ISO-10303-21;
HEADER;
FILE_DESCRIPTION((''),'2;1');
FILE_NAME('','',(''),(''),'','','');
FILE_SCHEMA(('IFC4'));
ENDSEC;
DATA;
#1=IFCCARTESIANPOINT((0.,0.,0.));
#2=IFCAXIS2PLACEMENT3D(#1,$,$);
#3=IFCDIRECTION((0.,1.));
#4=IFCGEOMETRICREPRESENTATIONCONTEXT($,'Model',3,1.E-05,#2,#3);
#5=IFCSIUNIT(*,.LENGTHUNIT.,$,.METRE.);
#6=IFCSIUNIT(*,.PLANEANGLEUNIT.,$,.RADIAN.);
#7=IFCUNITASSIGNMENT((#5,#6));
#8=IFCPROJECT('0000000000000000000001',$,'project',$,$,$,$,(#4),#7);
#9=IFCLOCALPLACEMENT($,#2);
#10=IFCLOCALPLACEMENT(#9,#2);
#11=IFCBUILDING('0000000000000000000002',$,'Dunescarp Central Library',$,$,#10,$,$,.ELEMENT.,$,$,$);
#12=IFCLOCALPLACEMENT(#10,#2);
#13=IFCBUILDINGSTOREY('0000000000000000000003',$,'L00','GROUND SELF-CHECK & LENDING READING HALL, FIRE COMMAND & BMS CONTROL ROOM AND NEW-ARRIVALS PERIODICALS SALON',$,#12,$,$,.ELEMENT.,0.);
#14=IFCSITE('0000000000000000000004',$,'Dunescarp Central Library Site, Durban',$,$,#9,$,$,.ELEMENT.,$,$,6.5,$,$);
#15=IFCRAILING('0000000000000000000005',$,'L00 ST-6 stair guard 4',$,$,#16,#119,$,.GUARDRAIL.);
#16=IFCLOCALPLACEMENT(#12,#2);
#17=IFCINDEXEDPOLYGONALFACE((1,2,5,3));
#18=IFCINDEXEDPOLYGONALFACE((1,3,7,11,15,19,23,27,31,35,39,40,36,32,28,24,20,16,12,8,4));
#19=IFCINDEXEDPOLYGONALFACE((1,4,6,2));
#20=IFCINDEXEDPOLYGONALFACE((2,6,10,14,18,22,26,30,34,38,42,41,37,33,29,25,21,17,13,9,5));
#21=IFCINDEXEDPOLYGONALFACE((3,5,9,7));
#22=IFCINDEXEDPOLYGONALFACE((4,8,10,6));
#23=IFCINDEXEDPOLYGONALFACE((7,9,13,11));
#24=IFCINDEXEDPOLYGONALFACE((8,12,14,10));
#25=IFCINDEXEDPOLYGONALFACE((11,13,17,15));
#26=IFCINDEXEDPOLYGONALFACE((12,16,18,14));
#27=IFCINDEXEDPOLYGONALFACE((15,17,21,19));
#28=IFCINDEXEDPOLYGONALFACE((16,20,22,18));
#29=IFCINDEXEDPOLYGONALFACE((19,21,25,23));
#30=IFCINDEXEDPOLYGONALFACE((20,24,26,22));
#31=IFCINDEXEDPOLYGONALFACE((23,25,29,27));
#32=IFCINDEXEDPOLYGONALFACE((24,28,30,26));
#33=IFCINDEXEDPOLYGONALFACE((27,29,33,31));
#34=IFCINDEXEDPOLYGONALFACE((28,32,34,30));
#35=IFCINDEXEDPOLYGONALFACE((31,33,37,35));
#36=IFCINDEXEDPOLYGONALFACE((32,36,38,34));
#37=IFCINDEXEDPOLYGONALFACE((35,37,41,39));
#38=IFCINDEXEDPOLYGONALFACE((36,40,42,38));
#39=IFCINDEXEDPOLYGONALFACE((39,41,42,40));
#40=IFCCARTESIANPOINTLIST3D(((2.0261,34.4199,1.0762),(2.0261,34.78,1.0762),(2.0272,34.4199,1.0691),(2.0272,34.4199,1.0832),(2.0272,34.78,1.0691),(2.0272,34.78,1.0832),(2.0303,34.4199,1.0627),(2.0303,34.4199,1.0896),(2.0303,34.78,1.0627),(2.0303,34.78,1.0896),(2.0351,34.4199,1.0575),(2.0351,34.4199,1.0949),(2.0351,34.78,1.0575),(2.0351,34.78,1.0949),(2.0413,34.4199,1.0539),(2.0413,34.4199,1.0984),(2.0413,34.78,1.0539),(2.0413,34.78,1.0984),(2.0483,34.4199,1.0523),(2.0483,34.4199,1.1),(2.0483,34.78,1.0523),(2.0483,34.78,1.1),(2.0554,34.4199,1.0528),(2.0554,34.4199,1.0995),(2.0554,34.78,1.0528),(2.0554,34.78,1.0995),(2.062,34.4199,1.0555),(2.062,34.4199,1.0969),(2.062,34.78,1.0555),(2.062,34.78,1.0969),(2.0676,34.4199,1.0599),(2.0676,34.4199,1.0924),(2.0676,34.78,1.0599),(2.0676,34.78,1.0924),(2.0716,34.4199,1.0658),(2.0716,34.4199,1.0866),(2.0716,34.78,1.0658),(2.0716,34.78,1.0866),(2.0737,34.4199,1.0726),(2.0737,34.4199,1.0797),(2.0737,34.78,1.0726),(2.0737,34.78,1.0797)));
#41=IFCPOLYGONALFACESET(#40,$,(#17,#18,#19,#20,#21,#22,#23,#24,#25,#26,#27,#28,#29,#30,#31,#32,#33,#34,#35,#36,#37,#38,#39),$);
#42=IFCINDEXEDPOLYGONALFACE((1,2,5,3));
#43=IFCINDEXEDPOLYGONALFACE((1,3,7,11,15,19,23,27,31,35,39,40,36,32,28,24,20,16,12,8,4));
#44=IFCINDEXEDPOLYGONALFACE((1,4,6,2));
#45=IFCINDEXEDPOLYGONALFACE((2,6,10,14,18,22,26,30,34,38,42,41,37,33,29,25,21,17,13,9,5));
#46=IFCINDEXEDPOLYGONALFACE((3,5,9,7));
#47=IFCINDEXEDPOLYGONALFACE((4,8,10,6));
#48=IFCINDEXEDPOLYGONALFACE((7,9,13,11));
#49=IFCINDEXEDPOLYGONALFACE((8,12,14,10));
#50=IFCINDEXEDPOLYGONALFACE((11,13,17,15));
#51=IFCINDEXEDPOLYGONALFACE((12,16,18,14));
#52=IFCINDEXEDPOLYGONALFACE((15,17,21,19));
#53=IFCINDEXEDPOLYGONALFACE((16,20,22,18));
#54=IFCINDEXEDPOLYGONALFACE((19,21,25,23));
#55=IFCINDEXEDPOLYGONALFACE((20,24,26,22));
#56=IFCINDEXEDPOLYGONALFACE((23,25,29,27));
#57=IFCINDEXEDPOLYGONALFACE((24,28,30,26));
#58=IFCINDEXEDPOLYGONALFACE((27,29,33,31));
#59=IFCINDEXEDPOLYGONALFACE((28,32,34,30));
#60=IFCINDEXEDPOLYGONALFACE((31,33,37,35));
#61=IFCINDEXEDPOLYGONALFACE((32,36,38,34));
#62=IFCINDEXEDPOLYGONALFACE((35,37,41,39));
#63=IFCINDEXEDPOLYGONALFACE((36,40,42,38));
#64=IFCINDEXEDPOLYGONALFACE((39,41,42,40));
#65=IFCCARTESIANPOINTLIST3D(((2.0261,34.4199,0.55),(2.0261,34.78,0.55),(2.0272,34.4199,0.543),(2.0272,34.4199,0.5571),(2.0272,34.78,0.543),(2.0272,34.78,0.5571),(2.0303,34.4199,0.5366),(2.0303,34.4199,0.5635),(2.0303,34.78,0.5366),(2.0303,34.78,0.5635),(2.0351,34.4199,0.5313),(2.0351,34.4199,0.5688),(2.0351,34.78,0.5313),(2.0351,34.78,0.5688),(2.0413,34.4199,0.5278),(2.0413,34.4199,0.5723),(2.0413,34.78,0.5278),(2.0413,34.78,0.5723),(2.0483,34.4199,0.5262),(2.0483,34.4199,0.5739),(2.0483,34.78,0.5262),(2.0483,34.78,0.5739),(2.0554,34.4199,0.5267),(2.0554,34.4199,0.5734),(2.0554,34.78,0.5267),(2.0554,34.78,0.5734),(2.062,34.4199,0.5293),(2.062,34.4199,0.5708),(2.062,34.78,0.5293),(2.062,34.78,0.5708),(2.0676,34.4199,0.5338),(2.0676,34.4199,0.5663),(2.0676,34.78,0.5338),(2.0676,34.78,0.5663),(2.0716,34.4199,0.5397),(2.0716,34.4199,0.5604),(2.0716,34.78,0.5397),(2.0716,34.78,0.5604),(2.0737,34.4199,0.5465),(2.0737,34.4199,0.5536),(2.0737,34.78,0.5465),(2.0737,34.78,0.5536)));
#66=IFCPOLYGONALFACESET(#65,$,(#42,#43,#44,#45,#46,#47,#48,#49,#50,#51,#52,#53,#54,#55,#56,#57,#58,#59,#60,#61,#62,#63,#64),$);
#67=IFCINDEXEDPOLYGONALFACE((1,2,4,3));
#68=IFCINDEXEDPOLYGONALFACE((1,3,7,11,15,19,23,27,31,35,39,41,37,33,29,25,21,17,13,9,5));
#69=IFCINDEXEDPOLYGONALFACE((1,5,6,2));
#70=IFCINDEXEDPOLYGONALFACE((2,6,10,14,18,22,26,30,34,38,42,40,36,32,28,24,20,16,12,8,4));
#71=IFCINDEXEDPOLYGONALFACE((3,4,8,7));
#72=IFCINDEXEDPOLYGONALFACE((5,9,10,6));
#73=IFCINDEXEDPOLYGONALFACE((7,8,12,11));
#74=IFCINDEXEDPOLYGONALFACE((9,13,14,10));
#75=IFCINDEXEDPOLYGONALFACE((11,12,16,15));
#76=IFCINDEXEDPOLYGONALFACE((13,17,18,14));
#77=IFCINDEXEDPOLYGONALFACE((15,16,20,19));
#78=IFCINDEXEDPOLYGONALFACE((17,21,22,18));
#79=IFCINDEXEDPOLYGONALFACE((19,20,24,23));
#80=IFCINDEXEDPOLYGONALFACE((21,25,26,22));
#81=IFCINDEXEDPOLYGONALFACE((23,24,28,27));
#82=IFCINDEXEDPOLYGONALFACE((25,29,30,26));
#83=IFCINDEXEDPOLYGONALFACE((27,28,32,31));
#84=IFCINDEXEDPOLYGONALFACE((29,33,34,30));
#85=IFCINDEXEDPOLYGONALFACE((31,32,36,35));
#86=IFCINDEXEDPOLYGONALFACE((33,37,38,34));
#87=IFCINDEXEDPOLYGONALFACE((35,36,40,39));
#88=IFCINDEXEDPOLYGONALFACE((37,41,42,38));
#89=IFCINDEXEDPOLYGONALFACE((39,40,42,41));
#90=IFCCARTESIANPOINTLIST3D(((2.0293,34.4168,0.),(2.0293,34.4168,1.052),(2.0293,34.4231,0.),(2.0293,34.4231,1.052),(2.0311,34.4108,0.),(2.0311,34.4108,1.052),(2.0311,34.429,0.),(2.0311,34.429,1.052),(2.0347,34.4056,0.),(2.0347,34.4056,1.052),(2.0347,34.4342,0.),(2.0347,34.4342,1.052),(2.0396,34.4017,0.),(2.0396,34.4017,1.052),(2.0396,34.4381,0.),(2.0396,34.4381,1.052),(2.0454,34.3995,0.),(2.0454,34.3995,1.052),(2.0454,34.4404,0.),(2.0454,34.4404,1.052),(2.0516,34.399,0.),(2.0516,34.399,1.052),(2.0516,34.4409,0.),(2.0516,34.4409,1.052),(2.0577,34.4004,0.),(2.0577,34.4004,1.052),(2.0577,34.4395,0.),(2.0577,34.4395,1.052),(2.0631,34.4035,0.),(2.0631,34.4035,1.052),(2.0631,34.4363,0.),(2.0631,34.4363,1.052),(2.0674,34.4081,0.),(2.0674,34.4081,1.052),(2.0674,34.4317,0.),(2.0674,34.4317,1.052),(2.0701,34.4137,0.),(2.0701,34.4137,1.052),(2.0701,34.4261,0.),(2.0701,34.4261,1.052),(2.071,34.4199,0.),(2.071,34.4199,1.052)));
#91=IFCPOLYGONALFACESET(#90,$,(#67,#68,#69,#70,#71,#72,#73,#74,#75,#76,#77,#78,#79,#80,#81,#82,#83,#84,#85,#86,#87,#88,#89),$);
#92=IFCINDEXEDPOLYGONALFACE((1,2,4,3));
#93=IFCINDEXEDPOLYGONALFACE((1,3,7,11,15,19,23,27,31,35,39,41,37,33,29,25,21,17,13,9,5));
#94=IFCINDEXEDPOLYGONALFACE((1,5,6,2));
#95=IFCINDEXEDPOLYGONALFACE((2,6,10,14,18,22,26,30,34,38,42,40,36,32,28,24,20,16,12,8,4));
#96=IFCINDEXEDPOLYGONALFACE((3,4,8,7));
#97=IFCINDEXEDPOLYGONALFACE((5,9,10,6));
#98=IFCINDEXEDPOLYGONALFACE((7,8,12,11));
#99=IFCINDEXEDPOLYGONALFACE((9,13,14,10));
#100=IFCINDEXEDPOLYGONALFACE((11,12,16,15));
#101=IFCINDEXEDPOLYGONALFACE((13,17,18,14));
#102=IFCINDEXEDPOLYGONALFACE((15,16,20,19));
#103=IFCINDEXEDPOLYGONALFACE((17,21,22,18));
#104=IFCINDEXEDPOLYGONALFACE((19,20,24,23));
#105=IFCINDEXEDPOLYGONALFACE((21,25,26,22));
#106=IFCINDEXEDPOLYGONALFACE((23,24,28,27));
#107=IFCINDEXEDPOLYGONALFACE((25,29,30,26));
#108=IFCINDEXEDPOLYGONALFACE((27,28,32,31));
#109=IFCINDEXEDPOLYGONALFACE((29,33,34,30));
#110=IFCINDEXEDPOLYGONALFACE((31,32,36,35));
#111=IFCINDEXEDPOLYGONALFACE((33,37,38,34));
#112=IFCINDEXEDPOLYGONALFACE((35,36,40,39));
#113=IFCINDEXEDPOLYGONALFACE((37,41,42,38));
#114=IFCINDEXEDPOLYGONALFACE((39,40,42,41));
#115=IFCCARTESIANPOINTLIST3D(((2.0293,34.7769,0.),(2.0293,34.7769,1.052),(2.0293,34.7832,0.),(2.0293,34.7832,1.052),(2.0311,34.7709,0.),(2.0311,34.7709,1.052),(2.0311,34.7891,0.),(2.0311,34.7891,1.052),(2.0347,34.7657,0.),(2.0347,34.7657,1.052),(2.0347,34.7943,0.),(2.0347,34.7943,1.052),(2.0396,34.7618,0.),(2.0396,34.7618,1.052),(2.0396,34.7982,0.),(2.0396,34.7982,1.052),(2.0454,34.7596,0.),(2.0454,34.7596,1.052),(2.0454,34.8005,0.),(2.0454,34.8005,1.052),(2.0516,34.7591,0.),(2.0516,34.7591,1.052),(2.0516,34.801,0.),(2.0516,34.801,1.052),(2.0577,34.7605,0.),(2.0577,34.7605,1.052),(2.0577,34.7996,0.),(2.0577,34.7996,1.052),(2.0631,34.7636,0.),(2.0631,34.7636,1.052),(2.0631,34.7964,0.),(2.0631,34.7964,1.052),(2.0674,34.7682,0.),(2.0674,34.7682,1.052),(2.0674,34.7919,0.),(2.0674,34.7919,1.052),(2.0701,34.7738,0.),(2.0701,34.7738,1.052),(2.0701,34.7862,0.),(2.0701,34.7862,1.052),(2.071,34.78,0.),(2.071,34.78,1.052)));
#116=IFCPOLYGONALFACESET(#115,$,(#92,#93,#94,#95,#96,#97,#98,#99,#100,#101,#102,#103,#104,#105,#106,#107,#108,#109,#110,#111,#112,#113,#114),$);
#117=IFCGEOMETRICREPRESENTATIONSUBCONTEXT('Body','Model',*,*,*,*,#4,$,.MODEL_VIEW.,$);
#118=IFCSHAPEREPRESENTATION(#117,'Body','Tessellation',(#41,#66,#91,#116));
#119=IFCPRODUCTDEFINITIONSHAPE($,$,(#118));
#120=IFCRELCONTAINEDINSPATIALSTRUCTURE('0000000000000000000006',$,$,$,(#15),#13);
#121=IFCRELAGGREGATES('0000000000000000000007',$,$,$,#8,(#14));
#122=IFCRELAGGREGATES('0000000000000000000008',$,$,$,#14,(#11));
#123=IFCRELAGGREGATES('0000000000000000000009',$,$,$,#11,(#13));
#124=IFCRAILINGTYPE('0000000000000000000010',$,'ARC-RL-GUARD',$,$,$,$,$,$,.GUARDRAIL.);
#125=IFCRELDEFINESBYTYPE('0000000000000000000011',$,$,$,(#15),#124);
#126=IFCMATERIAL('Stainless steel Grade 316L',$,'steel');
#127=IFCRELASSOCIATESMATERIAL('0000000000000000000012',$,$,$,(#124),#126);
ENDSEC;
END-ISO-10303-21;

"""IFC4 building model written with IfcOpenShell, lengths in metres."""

from ifc_helpers import new_model, si_unit, direction, frame, origin, origin_2d, place, context, subcontext, project, spatial, circle, extrude, material, type_object, element, save


model = new_model("IFC4")

# Units and contexts
model_context = context("Model", 3, precision=1e-05, world=origin(), true_north=direction((0.0, 1.0)))
body_context = subcontext(model_context, "Body", "Model", "MODEL_VIEW")
ifc_project = project(units=[si_unit("LENGTHUNIT", "METRE"), si_unit("PLANEANGLEUNIT", "RADIAN")], contexts=[model_context])

# Site, building, storey
site_placement = place(None, origin())
site = spatial("IfcSite", under=ifc_project, at=site_placement, Name="Dunescarp Central Library Site, Durban", CompositionType="ELEMENT", RefElevation=6.5)
building_placement = place(site_placement, origin())
building = spatial("IfcBuilding", under=site, at=building_placement, Name="Dunescarp Central Library", CompositionType="ELEMENT")
storey_placement = place(building_placement, origin())
storey = spatial("IfcBuildingStorey", under=building, at=storey_placement, Name="L00", Description="GROUND SELF-CHECK & LENDING READING HALL, FIRE COMMAND & BMS CONTROL ROOM AND NEW-ARRIVALS PERIODICALS SALON", CompositionType="ELEMENT", Elevation=0.0)

# Railing
ifc_material_1 = material(Name="Stainless steel Grade 316L", Category="steel")
railing_type_1 = type_object("IfcRailingType", Name="ARC-RL-GUARD", PredefinedType="GUARDRAIL", material=ifc_material_1)
railing_1_placement = place(storey_placement, frame((2.05, 34.4199, 0.0)))
element("IfcRailing", 1, at=railing_1_placement, inside=storey, type_object=railing_type_1, Name="L00 ST-6 stair guard 4", PredefinedType="GUARDRAIL", context=body_context, shape_type="SweptSolid", body=[
    extrude(circle(Radius=0.0239, at=origin_2d()), frame((0.0, 0.0, 1.0762), z_axis=(0.0, 1.0, 0.0), x_axis=(-1.0, 0.0, 0.0)), (0.0, 0.0, 1.0), 0.3601),
    extrude(circle(Radius=0.0239, at=origin_2d()), frame((0.0, 0.0, 0.55), z_axis=(0.0, 1.0, 0.0), x_axis=(-1.0, 0.0, 0.0)), (0.0, 0.0, 1.0), 0.3601),
    extrude(circle(Radius=0.021, at=origin_2d()), origin(), (0.0, 0.0, 1.0), 1.052),
    extrude(circle(Radius=0.021, at=origin_2d()), frame((0.0, 0.3601, 0.0)), (0.0, 0.0, 1.0), 1.052),
])

save(model, "model.ifc")
